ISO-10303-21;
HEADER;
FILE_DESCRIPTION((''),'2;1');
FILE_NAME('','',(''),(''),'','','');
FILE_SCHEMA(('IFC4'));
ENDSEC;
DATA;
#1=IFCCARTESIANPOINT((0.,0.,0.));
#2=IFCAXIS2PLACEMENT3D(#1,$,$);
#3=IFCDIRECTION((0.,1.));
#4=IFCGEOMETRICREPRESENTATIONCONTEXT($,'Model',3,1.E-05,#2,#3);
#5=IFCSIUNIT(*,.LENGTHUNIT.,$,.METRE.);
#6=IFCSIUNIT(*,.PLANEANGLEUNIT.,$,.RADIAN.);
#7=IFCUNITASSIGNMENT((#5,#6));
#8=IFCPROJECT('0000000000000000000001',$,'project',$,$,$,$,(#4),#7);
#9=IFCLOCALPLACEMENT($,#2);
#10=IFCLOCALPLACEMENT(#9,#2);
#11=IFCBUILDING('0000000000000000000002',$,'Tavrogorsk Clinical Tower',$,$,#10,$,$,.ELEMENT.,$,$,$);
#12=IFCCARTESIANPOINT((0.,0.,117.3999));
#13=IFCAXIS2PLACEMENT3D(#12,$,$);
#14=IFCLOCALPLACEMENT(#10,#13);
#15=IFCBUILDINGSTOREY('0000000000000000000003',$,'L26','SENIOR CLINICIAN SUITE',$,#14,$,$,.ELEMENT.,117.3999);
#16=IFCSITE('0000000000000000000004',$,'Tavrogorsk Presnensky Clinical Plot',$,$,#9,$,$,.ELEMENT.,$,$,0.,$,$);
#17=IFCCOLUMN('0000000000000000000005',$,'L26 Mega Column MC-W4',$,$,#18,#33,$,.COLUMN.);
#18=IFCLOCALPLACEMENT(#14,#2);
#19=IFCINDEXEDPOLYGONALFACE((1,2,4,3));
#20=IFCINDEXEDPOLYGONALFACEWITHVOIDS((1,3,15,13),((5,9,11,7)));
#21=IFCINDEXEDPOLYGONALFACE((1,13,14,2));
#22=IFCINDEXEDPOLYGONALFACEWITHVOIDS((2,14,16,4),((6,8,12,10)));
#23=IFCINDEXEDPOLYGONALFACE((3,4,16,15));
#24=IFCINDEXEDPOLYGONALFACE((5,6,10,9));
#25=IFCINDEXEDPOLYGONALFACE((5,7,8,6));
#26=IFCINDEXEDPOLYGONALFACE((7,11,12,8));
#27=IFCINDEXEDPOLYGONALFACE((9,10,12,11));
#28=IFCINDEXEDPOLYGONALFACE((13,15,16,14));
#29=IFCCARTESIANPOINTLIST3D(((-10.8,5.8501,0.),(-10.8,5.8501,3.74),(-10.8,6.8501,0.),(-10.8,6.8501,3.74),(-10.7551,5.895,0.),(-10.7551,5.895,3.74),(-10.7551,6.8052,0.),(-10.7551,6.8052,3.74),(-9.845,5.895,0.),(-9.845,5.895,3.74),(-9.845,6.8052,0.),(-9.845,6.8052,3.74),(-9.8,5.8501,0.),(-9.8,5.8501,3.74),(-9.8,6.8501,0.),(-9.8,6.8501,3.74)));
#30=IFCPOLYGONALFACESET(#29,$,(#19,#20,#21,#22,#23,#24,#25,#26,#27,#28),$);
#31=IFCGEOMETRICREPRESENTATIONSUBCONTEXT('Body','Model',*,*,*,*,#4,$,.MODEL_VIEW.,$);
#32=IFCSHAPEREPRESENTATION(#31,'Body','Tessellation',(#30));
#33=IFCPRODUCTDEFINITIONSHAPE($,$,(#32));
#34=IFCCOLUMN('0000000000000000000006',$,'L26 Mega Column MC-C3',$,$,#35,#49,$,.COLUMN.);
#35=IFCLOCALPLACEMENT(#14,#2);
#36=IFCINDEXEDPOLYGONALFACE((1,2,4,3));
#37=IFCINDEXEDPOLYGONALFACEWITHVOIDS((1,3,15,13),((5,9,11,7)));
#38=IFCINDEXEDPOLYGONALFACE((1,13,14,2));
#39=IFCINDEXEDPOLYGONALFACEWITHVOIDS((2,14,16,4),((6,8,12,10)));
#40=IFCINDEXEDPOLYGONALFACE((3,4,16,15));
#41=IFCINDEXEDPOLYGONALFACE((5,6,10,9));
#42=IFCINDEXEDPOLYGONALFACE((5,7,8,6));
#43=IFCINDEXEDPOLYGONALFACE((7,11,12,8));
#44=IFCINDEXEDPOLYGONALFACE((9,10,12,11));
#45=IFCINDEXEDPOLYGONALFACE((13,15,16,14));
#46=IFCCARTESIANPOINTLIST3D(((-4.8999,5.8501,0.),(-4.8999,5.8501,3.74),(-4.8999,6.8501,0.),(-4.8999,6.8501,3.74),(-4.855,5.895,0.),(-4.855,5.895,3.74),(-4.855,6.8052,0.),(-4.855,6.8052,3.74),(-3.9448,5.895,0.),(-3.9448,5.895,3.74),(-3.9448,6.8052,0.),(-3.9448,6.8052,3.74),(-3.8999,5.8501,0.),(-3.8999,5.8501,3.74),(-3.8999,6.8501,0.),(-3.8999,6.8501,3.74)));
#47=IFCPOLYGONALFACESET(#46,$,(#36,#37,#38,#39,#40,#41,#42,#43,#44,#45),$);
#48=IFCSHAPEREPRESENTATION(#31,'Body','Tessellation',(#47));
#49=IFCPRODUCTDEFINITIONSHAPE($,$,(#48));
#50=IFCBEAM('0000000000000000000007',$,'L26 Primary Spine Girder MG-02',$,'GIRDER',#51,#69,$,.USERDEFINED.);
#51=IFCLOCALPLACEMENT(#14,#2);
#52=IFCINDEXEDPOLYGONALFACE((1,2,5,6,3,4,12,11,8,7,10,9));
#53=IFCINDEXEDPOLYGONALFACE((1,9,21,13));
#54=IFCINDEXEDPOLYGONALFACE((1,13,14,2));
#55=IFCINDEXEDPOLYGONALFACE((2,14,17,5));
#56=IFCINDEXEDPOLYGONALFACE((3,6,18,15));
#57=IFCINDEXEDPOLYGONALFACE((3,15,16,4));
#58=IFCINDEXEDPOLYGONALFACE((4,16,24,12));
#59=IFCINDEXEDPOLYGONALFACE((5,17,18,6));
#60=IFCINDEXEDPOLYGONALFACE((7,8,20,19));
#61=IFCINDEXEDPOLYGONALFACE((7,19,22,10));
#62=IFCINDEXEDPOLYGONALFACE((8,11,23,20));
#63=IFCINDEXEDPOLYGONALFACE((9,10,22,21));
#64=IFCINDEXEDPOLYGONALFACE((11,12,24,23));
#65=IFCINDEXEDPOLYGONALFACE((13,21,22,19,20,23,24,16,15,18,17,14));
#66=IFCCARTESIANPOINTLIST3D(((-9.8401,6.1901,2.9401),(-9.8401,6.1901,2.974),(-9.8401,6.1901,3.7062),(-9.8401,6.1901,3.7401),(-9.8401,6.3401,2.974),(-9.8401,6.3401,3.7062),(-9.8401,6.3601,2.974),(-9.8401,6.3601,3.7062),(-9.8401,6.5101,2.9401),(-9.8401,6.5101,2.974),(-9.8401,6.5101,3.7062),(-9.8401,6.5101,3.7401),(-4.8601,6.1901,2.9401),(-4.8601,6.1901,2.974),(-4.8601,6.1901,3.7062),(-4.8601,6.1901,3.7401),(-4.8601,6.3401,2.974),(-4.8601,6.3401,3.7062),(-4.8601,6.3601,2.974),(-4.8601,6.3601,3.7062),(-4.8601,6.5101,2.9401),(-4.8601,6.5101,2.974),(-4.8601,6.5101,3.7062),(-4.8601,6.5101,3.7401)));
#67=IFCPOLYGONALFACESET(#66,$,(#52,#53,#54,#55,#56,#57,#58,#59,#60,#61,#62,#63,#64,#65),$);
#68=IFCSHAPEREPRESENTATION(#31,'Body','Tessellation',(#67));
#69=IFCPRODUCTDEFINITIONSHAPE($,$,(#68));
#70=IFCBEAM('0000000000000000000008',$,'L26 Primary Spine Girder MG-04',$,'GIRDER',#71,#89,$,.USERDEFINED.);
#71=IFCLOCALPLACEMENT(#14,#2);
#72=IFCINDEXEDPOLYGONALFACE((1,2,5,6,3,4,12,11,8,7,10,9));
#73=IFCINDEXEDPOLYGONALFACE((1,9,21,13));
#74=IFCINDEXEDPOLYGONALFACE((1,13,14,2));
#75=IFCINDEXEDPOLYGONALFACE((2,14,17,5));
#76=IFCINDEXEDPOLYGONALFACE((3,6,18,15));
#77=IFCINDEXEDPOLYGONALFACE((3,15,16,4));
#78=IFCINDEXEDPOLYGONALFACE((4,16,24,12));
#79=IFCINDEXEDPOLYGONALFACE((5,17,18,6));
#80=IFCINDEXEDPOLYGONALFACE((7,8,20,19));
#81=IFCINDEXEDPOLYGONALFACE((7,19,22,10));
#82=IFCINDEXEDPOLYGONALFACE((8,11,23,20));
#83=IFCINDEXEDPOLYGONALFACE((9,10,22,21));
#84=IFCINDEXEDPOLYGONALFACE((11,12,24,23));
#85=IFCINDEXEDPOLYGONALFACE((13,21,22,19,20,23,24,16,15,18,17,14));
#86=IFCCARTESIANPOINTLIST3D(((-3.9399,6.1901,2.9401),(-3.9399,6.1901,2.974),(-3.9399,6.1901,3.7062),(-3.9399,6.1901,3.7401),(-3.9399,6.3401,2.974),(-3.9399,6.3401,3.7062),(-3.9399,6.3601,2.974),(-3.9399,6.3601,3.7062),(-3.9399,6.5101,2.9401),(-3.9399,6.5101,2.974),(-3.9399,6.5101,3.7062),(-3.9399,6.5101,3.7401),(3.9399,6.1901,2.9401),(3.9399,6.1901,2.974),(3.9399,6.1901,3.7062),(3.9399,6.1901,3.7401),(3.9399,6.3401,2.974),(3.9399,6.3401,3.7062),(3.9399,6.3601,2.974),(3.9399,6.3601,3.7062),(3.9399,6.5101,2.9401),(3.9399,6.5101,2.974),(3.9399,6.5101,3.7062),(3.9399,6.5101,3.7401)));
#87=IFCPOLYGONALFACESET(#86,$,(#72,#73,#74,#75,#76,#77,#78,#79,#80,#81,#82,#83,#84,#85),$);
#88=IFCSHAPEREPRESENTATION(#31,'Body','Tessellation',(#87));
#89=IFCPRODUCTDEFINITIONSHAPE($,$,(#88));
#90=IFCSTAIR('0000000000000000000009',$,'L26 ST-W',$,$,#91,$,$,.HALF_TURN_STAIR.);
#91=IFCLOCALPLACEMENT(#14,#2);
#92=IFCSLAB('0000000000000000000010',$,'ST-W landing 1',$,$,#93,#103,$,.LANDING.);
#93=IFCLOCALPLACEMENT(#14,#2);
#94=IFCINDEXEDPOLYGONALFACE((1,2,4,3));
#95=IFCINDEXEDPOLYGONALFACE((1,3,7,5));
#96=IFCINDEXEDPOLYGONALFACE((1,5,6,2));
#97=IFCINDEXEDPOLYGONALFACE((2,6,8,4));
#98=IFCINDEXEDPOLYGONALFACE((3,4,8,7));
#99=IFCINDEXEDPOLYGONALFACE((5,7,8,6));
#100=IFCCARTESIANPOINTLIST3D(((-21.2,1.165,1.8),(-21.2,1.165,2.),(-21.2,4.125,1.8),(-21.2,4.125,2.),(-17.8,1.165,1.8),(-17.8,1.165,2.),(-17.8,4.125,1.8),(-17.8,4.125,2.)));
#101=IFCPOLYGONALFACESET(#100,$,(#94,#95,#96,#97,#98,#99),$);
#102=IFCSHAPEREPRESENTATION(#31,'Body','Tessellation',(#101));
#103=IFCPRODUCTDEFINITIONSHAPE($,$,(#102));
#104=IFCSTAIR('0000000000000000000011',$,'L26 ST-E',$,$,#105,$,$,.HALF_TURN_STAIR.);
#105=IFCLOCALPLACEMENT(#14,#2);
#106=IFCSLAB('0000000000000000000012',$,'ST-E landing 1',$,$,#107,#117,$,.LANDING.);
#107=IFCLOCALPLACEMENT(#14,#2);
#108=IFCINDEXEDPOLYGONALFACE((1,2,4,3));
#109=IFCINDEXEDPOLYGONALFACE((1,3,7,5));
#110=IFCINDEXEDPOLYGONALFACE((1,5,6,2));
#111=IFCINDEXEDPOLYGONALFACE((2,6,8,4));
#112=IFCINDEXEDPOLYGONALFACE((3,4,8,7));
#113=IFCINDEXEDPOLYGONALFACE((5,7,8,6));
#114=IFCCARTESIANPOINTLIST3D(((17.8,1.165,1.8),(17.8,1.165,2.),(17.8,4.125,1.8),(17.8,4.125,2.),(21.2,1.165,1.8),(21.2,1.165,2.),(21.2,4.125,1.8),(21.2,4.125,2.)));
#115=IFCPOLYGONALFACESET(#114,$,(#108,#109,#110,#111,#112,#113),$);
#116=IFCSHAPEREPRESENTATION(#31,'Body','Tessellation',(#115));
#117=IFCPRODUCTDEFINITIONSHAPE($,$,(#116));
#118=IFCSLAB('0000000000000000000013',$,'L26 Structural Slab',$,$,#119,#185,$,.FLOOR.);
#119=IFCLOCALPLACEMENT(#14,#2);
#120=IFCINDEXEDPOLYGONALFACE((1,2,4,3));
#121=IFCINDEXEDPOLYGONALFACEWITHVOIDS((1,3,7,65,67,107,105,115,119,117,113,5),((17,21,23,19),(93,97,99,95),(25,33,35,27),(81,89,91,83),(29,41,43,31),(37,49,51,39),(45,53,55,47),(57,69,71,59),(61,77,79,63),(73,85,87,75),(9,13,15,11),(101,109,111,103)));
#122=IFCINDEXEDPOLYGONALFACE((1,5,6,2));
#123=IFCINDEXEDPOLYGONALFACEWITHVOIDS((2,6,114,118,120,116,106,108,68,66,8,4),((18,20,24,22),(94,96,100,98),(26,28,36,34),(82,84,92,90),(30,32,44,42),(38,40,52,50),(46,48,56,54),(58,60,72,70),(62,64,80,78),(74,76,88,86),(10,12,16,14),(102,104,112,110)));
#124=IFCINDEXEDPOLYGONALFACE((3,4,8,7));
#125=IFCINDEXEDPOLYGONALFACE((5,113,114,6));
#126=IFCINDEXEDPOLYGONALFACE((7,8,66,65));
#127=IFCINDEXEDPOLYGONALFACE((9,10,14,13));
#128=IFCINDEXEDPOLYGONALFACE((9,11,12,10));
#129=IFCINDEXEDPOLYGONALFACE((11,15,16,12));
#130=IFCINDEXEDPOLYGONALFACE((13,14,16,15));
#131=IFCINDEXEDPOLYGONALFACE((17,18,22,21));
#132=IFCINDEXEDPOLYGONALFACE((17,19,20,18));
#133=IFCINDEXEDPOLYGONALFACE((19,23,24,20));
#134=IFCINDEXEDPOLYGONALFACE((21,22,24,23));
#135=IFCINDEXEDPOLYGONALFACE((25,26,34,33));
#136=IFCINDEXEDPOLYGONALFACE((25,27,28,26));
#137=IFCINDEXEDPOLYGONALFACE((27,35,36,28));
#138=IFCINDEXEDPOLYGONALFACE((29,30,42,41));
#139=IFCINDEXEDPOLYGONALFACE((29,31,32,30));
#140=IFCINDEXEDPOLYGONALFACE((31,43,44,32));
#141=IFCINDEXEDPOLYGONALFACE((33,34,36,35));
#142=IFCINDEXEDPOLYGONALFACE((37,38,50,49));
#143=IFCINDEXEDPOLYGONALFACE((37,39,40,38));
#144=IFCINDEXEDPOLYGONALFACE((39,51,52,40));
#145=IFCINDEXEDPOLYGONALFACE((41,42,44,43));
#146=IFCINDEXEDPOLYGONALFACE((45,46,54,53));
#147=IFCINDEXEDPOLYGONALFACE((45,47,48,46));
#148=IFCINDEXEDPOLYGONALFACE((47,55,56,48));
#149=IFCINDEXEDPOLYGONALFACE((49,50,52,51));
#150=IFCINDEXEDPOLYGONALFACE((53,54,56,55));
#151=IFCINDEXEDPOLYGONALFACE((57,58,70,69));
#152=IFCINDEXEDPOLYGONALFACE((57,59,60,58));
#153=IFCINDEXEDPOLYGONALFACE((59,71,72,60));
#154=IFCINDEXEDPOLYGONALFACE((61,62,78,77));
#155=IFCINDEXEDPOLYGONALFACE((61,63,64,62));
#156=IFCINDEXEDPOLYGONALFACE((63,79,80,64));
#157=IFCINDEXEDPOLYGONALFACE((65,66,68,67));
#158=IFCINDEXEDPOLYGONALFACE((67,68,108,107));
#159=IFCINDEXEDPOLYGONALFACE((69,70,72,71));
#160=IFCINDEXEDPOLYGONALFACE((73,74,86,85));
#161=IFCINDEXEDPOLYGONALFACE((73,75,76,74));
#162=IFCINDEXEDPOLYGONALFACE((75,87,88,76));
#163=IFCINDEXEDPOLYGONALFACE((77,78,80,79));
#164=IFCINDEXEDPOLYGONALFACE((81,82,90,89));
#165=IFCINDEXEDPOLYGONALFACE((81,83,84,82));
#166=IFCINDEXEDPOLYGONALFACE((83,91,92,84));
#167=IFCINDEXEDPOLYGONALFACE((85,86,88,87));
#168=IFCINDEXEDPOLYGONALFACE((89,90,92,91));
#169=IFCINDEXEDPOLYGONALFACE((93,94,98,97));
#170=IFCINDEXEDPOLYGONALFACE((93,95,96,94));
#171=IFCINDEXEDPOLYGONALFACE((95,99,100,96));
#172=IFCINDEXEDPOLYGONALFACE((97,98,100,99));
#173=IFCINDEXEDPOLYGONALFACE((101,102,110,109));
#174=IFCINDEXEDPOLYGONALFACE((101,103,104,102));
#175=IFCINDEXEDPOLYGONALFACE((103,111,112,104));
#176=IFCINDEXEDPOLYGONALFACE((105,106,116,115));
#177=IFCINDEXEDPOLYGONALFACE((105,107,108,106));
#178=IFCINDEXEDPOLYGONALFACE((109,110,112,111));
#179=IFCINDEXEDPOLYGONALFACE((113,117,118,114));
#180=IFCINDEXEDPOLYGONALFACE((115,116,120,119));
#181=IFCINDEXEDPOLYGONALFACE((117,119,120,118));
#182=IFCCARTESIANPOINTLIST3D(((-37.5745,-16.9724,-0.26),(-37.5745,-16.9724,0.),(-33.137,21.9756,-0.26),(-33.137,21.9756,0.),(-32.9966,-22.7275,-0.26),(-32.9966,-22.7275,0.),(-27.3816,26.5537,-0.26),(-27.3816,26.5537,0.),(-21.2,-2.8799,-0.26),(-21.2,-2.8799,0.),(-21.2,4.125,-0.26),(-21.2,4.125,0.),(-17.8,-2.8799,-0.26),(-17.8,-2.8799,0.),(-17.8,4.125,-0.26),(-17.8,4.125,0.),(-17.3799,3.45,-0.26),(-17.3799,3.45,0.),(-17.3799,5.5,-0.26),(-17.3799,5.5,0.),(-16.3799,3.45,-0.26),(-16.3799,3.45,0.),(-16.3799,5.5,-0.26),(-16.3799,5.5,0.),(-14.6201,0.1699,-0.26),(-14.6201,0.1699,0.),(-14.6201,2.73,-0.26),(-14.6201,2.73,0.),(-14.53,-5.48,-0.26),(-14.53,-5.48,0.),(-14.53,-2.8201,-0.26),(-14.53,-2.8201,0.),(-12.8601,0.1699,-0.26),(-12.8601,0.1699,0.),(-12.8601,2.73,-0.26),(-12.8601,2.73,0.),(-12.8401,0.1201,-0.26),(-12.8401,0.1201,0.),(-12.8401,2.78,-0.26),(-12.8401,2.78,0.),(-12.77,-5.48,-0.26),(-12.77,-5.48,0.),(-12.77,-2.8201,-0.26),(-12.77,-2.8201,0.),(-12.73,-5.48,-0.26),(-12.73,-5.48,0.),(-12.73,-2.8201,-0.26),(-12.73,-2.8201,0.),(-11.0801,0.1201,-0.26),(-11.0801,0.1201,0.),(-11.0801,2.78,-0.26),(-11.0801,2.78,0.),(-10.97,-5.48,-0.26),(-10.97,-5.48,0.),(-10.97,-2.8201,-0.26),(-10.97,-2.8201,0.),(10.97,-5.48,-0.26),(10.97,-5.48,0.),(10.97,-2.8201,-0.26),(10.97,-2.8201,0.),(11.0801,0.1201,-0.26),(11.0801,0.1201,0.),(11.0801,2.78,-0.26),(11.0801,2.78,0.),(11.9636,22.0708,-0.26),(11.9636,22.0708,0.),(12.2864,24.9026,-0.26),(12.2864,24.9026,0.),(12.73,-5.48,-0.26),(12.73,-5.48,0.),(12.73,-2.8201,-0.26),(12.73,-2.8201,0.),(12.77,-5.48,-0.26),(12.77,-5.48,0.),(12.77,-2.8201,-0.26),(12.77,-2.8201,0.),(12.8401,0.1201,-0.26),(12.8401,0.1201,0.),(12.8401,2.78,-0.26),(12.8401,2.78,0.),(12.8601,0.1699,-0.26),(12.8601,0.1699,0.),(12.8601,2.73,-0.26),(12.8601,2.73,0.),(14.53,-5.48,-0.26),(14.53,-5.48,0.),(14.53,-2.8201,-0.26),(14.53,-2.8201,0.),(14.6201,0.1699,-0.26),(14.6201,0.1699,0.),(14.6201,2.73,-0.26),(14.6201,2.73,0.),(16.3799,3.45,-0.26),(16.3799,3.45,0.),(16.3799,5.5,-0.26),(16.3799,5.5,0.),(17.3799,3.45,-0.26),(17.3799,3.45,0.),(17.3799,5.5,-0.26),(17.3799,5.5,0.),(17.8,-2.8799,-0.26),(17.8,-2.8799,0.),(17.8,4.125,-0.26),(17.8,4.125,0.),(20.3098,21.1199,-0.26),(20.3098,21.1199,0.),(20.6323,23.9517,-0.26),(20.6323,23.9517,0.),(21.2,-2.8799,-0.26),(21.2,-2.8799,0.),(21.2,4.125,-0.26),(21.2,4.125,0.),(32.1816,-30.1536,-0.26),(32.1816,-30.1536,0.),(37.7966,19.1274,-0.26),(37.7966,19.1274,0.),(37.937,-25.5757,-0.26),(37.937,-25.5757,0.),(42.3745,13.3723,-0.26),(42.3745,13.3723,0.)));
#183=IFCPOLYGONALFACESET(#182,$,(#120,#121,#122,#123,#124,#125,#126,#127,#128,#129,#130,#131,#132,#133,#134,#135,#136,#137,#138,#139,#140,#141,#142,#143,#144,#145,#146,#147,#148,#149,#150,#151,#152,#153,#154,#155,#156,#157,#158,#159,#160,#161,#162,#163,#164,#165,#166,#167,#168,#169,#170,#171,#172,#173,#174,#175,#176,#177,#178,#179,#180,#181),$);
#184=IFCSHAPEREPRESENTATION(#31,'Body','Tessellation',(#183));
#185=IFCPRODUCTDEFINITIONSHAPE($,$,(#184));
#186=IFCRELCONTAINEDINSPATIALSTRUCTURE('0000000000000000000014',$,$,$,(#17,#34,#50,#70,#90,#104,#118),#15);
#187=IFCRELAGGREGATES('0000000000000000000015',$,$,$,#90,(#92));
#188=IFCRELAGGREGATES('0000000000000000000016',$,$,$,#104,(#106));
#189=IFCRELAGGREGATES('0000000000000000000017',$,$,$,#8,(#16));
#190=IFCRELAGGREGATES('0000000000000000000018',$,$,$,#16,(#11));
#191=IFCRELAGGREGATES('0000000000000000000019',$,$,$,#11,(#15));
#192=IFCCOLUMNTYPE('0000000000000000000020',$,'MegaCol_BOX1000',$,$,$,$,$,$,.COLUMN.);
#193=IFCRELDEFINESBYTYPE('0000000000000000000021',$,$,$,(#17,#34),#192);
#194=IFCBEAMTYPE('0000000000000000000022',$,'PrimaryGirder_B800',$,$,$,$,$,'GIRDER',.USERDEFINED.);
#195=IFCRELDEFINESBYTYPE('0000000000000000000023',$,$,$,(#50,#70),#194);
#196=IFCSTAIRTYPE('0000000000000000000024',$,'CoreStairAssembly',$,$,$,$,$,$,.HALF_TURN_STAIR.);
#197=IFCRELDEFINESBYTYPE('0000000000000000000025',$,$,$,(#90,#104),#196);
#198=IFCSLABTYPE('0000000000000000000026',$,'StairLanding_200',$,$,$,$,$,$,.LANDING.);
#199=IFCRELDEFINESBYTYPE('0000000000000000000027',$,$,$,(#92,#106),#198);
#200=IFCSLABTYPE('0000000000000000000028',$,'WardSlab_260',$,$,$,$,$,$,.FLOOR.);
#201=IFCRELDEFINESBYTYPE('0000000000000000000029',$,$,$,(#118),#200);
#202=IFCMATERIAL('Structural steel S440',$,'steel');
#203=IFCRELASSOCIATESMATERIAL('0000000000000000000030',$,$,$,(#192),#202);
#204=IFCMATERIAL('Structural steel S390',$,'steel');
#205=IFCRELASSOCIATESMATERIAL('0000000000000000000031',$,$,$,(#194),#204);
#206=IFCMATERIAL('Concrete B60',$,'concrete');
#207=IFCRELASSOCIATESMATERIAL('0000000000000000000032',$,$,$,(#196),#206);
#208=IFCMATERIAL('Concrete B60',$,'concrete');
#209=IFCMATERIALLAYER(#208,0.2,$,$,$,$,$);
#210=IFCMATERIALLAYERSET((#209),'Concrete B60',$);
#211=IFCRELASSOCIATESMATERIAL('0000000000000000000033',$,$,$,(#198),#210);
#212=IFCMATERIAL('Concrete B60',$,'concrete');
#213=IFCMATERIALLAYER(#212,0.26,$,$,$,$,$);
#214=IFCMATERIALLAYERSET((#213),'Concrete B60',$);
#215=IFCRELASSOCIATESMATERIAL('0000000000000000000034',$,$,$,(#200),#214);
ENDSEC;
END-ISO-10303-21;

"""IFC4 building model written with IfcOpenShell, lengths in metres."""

from ifc_helpers import new_model, si_unit, direction, frame, origin, origin_2d, place, context, subcontext, project, spatial, polyline, hollow_rectangle, i_section, outline, extrude, material, layer, layer_set, material_profile, profile_set, type_object, element, aggregate, save


model = new_model("IFC4")

# Units and contexts
model_context = context("Model", 3, precision=1e-05, world=origin(), true_north=direction((0.0, 1.0)))
body_context = subcontext(model_context, "Body", "Model", "MODEL_VIEW")
ifc_project = project(units=[si_unit("LENGTHUNIT", "METRE"), si_unit("PLANEANGLEUNIT", "RADIAN")], contexts=[model_context])

# Site, building, storey
site_placement = place(None, origin())
site = spatial("IfcSite", under=ifc_project, at=site_placement, Name="Tavrogorsk Presnensky Clinical Plot", CompositionType="ELEMENT", RefElevation=0.0)
building_placement = place(site_placement, origin())
building = spatial("IfcBuilding", under=site, at=building_placement, Name="Tavrogorsk Clinical Tower", CompositionType="ELEMENT")
storey_placement = place(building_placement, frame((0.0, 0.0, 117.3999)))
storey = spatial("IfcBuildingStorey", under=building, at=storey_placement, Name="L26", Description="SENIOR CLINICIAN SUITE", CompositionType="ELEMENT", Elevation=117.3999)

# Columns
ifc_material_1 = material(Name="Structural steel S440", Category="steel")
ifc_material_profile_1 = material_profile(ifc_material_1, hollow_rectangle(XDim=1.0, YDim=1.0, WallThickness=0.0449, at=origin_2d()), Name="BOX-1000x1000x45")
ifc_profile_set_1 = profile_set([ifc_material_profile_1], Name="Structural steel S440")
column_type = type_object("IfcColumnType", Name="MegaCol_BOX1000", PredefinedType="COLUMN", material=ifc_profile_set_1)
for number, where, z_axis, x_axis, name in (
    (1, (-10.3, 6.3501, 0.0), (0.0, 0.0, 1.0), (1.0, 0.0, 0.0), "L26 Mega Column MC-W4"),
    (2, (-4.3999, 6.3501, 0.0), (0.0, 0.0, 1.0), (1.0, 0.0, 0.0), "L26 Mega Column MC-C3"),
):
    element("IfcColumn", number, at=place(storey_placement, frame(where, z_axis=z_axis, x_axis=x_axis)), inside=storey, type_object=column_type, Name=name, PredefinedType="COLUMN", context=body_context, shape_type="SweptSolid", body=[
        extrude(hollow_rectangle(XDim=1.0, YDim=1.0, WallThickness=0.0449, at=origin_2d()), origin(), (0.0, 0.0, 1.0), 3.74),
    ])

# Beams
ifc_material_2 = material(Name="Structural steel S390", Category="steel")
ifc_material_profile_2 = material_profile(ifc_material_2, i_section(OverallWidth=0.3201, OverallDepth=0.8, WebThickness=0.02, FlangeThickness=0.0339, at=origin_2d()), Name="B-800x320x20x34")
ifc_profile_set_2 = profile_set([ifc_material_profile_2], Name="Structural steel S390")
beam_type = type_object("IfcBeamType", Name="PrimaryGirder_B800", ElementType="GIRDER", PredefinedType="USERDEFINED", material=ifc_profile_set_2)
beam_1_placement = place(storey_placement, frame((-9.8401, 6.3501, 3.3401), z_axis=(1.0, 0.0, 0.0), x_axis=(0.0, 1.0, 0.0)))
element("IfcBeam", 3, at=beam_1_placement, inside=storey, type_object=beam_type, Name="L26 Primary Spine Girder MG-02", ObjectType="GIRDER", PredefinedType="USERDEFINED", context=body_context, shape_type="SweptSolid", body=[
    extrude(i_section(OverallWidth=0.3201, OverallDepth=0.8, WebThickness=0.02, FlangeThickness=0.0339, at=origin_2d()), origin(), (0.0, 0.0, 1.0), 4.98),
])
beam_2_placement = place(storey_placement, frame((-3.9399, 6.3501, 3.3401), z_axis=(1.0, 0.0, 0.0), x_axis=(0.0, 1.0, 0.0)))
element("IfcBeam", 4, at=beam_2_placement, inside=storey, type_object=beam_type, Name="L26 Primary Spine Girder MG-04", ObjectType="GIRDER", PredefinedType="USERDEFINED", context=body_context, shape_type="SweptSolid", body=[
    extrude(i_section(OverallWidth=0.3201, OverallDepth=0.8, WebThickness=0.02, FlangeThickness=0.0339, at=origin_2d()), origin(), (0.0, 0.0, 1.0), 7.8799),
])

# Stairs, slabs
ifc_material_3 = material(Name="Concrete B60", Category="concrete")
stair_type = type_object("IfcStairType", Name="CoreStairAssembly", PredefinedType="HALF_TURN_STAIR", material=ifc_material_3)
stair_1_placement = place(storey_placement, origin())
stair_1 = element("IfcStair", 5, at=stair_1_placement, inside=storey, type_object=stair_type, Name="L26 ST-W", PredefinedType="HALF_TURN_STAIR")
ifc_material_4 = material(Name="Concrete B60", Category="concrete")
ifc_layer_1 = layer(ifc_material_4, 0.2)
ifc_layer_set_1 = layer_set([ifc_layer_1], Name="Concrete B60")
slab_type_1 = type_object("IfcSlabType", Name="StairLanding_200", PredefinedType="LANDING", material=ifc_layer_set_1)
slab_1_placement = place(storey_placement, frame((0.0, 0.0, 1.8)))
slab_1 = element("IfcSlab", 6, at=slab_1_placement, type_object=slab_type_1, Name="ST-W landing 1", PredefinedType="LANDING", context=body_context, shape_type="SweptSolid", body=[
    extrude(outline(polyline([(-17.8, 1.165), (-17.8, 4.125), (-21.2, 4.125), (-21.2, 1.165), (-17.8, 1.165)])), origin(), (0.0, 0.0, 1.0), 0.2),
])
aggregate(stair_1, [slab_1])
stair_2_placement = place(storey_placement, origin())
stair_2 = element("IfcStair", 7, at=stair_2_placement, inside=storey, type_object=stair_type, Name="L26 ST-E", PredefinedType="HALF_TURN_STAIR")
slab_2_placement = place(storey_placement, frame((0.0, 0.0, 1.8)))
slab_2 = element("IfcSlab", 8, at=slab_2_placement, type_object=slab_type_1, Name="ST-E landing 1", PredefinedType="LANDING", context=body_context, shape_type="SweptSolid", body=[
    extrude(outline(polyline([(21.2, 1.165), (21.2, 4.125), (17.8, 4.125), (17.8, 1.165), (21.2, 1.165)])), origin(), (0.0, 0.0, 1.0), 0.2),
])
aggregate(stair_2, [slab_2])

# Slab
ifc_material_5 = material(Name="Concrete B60", Category="concrete")
ifc_layer_2 = layer(ifc_material_5, 0.26)
ifc_layer_set_2 = layer_set([ifc_layer_2], Name="Concrete B60")
slab_type_2 = type_object("IfcSlabType", Name="WardSlab_260", PredefinedType="FLOOR", material=ifc_layer_set_2)
slab_3_placement = place(storey_placement, frame((0.0, 0.0, -0.26)))
element("IfcSlab", 9, at=slab_3_placement, inside=storey, type_object=slab_type_2, Name="L26 Structural Slab", PredefinedType="FLOOR", context=body_context, shape_type="SweptSolid", body=[
    extrude(outline(polyline([(37.7966, 19.1274), (42.3745, 13.3723), (37.937, -25.5757), (32.1816, -30.1536), (-32.9966, -22.7275), (-37.5745, -16.9724), (-33.137, 21.9756), (-27.3816, 26.5537), (11.9636, 22.0708), (12.2864, 24.9026), (20.6323, 23.9517), (20.3098, 21.1199), (37.7966, 19.1274)]), holes=[polyline([(-17.8, -2.8799), (-17.8, 4.125), (-21.2, 4.125), (-21.2, -2.8799), (-17.8, -2.8799)]), polyline([(21.2, -2.8799), (21.2, 4.125), (17.8, 4.125), (17.8, -2.8799), (21.2, -2.8799)]), polyline([(-14.6201, 0.1699), (-12.8601, 0.1699), (-12.8601, 2.73), (-14.6201, 2.73), (-14.6201, 0.1699)]), polyline([(-14.53, -5.48), (-12.77, -5.48), (-12.77, -2.8201), (-14.53, -2.8201), (-14.53, -5.48)]), polyline([(-12.73, -5.48), (-10.97, -5.48), (-10.97, -2.8201), (-12.73, -2.8201), (-12.73, -5.48)]), polyline([(-12.8401, 0.1201), (-11.0801, 0.1201), (-11.0801, 2.78), (-12.8401, 2.78), (-12.8401, 0.1201)]), polyline([(12.8601, 0.1699), (14.6201, 0.1699), (14.6201, 2.73), (12.8601, 2.73), (12.8601, 0.1699)]), polyline([(12.77, -5.48), (14.53, -5.48), (14.53, -2.8201), (12.77, -2.8201), (12.77, -5.48)]), polyline([(10.97, -5.48), (12.73, -5.48), (12.73, -2.8201), (10.97, -2.8201), (10.97, -5.48)]), polyline([(11.0801, 0.1201), (12.8401, 0.1201), (12.8401, 2.78), (11.0801, 2.78), (11.0801, 0.1201)]), polyline([(-17.3799, 3.45), (-16.3799, 3.45), (-16.3799, 5.5), (-17.3799, 5.5), (-17.3799, 3.45)]), polyline([(16.3799, 3.45), (17.3799, 3.45), (17.3799, 5.5), (16.3799, 5.5), (16.3799, 3.45)])]), origin(), (0.0, 0.0, 1.0), 0.26),
])

save(model, "model.ifc")
